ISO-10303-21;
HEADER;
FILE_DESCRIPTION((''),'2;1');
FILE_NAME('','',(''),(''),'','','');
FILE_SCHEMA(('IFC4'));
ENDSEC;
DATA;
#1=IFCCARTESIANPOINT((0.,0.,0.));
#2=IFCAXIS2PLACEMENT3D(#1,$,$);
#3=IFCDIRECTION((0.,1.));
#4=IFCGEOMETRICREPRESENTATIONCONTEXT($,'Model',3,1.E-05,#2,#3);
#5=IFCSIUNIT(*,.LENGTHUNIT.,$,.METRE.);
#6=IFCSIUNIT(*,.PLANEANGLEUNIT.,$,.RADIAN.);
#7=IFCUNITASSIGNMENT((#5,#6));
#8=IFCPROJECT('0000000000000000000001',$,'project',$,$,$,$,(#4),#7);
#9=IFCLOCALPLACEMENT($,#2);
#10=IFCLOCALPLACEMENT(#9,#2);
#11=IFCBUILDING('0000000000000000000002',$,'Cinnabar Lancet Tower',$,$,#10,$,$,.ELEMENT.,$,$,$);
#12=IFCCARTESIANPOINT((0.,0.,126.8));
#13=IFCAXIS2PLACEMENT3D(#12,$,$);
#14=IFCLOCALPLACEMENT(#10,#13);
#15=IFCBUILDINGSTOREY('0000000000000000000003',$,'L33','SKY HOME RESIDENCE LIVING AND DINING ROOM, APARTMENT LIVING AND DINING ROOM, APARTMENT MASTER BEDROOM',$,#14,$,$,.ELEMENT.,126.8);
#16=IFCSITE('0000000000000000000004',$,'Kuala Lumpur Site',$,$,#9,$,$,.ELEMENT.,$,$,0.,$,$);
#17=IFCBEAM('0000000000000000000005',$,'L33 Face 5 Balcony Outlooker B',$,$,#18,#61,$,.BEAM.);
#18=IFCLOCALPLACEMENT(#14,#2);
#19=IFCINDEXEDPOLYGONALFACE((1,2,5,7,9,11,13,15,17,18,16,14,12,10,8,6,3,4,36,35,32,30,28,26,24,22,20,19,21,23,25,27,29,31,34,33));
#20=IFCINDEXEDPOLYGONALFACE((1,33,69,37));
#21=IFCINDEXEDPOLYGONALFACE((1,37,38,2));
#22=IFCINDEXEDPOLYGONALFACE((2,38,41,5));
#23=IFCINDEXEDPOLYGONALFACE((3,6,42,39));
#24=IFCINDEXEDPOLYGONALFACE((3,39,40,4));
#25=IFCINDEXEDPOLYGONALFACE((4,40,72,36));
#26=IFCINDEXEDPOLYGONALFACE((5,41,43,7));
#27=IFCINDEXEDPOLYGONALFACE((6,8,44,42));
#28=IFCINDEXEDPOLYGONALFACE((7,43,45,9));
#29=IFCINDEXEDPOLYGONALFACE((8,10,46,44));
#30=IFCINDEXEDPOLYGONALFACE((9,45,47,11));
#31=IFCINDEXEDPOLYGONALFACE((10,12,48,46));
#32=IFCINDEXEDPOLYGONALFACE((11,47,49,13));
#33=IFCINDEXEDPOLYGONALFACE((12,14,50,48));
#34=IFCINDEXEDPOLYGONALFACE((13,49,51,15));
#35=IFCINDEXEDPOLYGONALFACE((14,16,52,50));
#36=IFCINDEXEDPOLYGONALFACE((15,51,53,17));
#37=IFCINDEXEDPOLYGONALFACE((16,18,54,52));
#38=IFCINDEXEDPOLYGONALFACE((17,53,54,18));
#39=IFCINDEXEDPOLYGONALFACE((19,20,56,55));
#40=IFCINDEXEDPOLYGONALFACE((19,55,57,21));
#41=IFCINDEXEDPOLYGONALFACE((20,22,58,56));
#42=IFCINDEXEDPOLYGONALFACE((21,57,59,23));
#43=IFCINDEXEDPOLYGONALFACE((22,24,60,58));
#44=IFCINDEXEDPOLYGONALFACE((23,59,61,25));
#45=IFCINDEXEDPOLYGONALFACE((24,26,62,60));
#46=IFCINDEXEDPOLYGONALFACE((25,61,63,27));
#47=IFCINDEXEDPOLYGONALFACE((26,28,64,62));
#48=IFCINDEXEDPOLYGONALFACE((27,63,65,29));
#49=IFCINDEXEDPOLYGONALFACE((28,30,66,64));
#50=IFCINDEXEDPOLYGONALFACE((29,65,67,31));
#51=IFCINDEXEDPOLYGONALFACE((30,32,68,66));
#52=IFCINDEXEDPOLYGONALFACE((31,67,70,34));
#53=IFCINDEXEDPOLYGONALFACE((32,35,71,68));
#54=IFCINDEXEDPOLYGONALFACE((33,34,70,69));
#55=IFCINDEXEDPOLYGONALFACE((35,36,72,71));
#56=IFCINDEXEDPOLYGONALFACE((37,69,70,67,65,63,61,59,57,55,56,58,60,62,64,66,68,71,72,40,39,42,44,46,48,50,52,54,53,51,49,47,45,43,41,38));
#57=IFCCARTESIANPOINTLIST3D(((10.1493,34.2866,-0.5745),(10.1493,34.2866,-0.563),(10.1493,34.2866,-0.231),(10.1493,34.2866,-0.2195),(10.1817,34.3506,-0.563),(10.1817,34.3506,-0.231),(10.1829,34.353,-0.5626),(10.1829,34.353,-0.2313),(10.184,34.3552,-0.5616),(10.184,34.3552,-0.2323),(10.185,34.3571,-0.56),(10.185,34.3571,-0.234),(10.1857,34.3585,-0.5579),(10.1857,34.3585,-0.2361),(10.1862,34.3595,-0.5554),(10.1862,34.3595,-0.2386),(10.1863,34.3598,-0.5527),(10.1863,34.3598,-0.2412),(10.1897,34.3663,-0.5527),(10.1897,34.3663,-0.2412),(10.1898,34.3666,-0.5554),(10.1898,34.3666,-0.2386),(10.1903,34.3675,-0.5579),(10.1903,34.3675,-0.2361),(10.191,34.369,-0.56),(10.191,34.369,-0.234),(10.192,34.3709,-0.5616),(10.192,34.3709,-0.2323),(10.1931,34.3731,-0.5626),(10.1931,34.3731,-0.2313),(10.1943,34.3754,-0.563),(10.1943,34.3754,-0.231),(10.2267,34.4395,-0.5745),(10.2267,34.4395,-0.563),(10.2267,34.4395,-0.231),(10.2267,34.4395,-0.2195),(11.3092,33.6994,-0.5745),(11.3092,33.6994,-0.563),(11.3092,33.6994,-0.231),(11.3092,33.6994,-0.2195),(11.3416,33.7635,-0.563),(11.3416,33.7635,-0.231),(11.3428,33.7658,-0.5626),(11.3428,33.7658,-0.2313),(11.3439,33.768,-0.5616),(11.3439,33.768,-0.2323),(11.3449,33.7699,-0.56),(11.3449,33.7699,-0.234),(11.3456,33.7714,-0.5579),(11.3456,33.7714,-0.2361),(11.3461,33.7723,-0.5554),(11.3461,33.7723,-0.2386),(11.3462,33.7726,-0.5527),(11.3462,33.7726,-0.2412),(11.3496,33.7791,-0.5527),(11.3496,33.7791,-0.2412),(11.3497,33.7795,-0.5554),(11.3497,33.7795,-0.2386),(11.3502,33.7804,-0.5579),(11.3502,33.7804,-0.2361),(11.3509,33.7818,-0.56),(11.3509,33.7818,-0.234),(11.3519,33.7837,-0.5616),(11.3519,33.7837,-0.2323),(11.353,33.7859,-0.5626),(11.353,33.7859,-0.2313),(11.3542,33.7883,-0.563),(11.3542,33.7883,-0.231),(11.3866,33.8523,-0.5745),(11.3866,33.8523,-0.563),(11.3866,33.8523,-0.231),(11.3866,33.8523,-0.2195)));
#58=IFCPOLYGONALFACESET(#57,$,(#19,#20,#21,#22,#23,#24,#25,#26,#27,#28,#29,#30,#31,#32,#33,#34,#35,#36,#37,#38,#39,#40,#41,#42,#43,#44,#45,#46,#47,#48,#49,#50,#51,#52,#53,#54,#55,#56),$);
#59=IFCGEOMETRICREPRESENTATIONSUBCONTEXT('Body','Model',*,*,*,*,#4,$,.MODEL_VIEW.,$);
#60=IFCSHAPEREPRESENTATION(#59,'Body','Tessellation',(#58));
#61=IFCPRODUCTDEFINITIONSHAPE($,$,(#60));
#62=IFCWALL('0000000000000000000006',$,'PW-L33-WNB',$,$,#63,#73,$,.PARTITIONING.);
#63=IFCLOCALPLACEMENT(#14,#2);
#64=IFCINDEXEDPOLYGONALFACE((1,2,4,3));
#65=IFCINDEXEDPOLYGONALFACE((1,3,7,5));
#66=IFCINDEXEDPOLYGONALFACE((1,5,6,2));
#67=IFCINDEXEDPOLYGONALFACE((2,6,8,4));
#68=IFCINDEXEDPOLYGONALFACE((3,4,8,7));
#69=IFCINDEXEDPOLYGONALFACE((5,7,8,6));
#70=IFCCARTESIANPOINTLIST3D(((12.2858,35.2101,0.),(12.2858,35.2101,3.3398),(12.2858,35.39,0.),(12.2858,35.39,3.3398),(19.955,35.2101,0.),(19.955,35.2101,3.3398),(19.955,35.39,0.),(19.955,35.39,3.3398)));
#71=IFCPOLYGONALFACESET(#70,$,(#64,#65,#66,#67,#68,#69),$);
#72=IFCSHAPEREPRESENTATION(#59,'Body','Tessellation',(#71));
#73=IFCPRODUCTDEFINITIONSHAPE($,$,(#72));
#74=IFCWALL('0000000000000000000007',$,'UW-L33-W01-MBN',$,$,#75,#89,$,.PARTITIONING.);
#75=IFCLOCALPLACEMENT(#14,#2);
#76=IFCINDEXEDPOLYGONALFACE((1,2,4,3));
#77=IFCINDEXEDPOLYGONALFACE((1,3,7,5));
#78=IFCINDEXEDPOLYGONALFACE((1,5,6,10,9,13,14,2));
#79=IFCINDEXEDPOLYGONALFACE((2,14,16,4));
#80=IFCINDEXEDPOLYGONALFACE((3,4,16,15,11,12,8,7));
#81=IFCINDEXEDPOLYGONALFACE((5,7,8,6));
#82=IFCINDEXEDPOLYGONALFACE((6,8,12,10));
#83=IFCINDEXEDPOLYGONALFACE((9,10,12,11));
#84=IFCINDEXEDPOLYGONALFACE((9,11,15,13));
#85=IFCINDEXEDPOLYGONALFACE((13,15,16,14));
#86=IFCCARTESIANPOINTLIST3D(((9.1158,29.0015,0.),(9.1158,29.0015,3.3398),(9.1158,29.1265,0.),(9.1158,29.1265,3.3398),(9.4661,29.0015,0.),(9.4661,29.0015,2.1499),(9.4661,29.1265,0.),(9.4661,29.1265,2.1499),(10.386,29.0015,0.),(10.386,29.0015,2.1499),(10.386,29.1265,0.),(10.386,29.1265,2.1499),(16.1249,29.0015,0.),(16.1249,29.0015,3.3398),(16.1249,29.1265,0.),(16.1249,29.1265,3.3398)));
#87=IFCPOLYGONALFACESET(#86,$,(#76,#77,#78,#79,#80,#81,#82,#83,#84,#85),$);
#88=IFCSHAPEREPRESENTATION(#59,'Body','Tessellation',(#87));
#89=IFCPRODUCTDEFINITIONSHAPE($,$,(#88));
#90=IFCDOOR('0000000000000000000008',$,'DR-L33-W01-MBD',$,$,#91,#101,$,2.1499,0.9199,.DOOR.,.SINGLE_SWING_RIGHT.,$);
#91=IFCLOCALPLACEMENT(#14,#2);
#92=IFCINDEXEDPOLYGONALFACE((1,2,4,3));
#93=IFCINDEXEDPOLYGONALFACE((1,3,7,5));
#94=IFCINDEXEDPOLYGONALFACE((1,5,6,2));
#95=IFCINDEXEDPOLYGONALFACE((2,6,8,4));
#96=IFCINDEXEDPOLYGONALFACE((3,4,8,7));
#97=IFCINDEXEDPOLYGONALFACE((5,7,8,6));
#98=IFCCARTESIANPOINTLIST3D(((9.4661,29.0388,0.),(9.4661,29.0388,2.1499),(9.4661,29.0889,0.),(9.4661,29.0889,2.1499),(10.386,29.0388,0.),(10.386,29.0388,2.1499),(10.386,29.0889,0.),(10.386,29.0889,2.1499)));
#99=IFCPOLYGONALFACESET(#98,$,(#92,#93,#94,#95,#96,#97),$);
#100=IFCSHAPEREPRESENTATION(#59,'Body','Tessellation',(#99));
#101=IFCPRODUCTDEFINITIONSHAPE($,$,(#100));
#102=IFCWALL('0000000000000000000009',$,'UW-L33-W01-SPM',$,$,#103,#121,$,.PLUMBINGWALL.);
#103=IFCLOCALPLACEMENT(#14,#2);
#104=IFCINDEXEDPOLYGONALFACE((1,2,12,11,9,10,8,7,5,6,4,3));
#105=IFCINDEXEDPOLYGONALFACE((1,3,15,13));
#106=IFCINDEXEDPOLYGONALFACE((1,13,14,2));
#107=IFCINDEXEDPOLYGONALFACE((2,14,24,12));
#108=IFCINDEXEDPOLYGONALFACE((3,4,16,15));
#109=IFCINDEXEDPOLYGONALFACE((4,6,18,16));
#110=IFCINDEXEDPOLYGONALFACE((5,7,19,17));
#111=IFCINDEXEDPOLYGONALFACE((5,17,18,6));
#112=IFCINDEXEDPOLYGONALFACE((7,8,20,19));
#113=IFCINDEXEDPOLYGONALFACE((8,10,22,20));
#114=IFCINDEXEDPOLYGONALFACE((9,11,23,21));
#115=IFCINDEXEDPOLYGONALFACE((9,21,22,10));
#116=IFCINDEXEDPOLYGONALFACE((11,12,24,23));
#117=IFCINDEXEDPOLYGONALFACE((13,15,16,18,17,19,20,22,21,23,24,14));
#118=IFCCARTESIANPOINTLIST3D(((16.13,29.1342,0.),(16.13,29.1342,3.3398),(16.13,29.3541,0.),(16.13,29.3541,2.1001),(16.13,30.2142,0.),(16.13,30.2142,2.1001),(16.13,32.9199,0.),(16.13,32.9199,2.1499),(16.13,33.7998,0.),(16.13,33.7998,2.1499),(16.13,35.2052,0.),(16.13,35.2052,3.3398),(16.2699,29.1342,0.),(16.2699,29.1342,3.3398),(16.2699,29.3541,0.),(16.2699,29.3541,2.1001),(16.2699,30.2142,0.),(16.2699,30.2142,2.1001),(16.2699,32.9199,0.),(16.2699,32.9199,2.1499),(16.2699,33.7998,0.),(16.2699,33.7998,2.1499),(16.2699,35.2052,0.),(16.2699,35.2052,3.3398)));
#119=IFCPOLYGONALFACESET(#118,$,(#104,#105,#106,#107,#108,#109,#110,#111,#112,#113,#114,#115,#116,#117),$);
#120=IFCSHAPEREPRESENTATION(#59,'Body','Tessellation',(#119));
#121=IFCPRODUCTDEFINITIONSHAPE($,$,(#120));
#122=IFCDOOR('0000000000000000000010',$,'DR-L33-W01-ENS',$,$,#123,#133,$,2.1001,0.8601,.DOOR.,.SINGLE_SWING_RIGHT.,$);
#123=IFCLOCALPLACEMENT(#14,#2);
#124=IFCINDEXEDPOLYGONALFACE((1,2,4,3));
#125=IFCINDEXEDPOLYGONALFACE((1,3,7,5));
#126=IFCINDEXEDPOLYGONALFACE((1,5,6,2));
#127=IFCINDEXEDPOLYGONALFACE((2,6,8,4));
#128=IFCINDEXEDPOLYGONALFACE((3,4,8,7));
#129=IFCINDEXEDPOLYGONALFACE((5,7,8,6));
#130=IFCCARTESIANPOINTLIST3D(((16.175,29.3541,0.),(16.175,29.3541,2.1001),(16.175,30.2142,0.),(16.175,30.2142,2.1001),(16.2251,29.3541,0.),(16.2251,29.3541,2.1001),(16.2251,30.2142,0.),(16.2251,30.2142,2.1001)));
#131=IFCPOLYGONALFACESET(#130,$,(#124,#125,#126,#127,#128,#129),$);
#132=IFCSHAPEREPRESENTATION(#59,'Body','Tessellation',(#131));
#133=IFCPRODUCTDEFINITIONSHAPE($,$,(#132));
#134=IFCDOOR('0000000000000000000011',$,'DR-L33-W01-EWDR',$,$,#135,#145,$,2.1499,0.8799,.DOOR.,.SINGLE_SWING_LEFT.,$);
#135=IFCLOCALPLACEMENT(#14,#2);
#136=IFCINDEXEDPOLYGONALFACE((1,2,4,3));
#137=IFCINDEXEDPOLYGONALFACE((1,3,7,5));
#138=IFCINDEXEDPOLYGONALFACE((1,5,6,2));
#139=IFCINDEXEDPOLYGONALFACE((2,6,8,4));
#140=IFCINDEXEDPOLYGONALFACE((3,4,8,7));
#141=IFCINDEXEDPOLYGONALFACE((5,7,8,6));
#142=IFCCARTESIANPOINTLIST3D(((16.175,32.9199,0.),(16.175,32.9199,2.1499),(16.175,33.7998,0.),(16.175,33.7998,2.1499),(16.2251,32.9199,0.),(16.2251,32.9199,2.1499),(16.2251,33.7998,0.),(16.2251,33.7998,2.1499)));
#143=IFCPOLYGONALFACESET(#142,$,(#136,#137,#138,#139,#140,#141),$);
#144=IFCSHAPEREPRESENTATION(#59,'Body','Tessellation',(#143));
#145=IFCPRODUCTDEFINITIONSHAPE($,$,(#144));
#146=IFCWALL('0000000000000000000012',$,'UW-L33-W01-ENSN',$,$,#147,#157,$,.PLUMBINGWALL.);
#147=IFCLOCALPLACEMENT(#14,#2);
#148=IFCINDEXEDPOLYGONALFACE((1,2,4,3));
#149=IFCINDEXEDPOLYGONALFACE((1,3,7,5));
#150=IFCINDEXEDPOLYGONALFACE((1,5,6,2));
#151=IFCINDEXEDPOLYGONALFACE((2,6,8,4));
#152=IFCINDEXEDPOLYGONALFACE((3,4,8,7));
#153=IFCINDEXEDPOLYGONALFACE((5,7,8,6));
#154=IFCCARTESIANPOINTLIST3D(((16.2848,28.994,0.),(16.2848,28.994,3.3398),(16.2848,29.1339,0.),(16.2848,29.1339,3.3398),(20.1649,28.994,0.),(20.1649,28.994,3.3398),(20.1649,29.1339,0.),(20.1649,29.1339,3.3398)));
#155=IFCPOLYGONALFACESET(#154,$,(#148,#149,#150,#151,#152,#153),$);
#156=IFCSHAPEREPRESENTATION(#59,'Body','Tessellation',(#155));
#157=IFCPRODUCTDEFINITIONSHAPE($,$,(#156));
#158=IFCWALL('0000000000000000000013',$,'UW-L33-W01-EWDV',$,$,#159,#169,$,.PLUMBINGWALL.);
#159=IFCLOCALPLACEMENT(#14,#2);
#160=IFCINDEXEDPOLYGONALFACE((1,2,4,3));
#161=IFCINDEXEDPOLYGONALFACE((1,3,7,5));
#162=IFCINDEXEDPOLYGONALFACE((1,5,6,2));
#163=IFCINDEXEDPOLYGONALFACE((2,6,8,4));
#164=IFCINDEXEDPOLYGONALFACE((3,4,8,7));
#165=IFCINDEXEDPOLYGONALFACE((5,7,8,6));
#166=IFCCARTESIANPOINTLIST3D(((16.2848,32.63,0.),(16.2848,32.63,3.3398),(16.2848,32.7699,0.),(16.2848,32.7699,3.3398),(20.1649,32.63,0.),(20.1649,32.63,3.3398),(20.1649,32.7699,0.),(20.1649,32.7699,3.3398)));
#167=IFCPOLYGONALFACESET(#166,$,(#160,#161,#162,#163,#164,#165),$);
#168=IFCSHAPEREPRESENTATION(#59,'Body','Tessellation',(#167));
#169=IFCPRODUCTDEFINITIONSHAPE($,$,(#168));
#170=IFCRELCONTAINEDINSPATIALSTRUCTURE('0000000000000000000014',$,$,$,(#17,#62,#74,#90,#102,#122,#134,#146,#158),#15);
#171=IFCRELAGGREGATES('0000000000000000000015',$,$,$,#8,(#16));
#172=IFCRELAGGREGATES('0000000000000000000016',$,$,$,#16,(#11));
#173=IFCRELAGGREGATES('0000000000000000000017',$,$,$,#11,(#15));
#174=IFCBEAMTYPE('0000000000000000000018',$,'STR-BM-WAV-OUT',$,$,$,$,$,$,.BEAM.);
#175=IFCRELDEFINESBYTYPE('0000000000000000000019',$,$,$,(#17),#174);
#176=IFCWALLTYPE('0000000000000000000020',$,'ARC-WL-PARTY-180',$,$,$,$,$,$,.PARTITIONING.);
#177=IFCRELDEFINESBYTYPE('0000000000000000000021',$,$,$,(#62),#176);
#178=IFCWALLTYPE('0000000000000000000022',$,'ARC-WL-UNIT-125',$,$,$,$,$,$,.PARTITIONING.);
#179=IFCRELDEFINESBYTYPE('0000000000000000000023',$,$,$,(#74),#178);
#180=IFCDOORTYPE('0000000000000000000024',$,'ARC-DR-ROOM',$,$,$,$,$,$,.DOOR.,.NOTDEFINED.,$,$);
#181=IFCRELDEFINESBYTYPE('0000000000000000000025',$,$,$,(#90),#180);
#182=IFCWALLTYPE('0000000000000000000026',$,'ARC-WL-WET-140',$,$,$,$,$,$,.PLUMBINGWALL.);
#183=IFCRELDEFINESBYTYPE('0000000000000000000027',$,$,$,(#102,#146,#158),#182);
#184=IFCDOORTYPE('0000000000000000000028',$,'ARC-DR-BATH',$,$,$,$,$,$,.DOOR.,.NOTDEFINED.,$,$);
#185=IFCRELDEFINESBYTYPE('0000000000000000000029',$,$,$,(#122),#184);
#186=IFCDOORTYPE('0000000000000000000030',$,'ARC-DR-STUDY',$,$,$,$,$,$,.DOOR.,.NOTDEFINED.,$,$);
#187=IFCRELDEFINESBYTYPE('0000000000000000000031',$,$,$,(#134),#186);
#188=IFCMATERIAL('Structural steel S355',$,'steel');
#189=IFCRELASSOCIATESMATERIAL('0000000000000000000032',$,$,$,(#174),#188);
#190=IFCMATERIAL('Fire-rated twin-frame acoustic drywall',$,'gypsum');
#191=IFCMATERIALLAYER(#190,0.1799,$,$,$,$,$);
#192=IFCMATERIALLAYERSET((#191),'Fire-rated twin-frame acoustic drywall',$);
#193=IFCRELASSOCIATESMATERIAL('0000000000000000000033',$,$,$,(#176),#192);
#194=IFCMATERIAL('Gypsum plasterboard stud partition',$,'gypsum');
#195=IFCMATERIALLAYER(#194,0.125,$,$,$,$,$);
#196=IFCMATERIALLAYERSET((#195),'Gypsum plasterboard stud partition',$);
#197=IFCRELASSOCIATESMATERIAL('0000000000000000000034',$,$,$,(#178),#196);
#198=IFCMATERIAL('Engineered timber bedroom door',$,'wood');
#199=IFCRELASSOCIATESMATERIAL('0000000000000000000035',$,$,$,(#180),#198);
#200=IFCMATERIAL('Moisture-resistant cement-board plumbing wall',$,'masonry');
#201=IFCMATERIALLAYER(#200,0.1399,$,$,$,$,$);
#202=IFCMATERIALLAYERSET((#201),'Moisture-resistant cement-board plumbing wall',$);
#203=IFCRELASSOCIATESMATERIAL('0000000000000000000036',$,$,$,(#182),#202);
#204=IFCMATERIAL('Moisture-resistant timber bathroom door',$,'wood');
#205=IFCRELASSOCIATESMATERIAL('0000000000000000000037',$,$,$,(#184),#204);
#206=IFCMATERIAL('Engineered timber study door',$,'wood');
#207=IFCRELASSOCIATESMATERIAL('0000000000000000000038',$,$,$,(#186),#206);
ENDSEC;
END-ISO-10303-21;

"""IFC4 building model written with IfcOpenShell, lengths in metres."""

from ifc_helpers import new_model, si_unit, direction, frame, frame_2d, origin, origin_2d, place, context, subcontext, project, spatial, rectangle, i_section, extrude, material, layer, layer_set, material_profile, profile_set, type_object, element, fill, save


model = new_model("IFC4")

# Units and contexts
model_context = context("Model", 3, precision=1e-05, world=origin(), true_north=direction((0.0, 1.0)))
body_context = subcontext(model_context, "Body", "Model", "MODEL_VIEW")
ifc_project = project(units=[si_unit("LENGTHUNIT", "METRE"), si_unit("PLANEANGLEUNIT", "RADIAN")], contexts=[model_context])

# Site, building, storey
site_placement = place(None, origin())
site = spatial("IfcSite", under=ifc_project, at=site_placement, Name="Kuala Lumpur Site", CompositionType="ELEMENT", RefElevation=0.0)
building_placement = place(site_placement, origin())
building = spatial("IfcBuilding", under=site, at=building_placement, Name="Cinnabar Lancet Tower", CompositionType="ELEMENT")
storey_placement = place(building_placement, frame((0.0, 0.0, 126.8)))
storey = spatial("IfcBuildingStorey", under=building, at=storey_placement, Name="L33", Description="SKY HOME RESIDENCE LIVING AND DINING ROOM, APARTMENT LIVING AND DINING ROOM, APARTMENT MASTER BEDROOM", CompositionType="ELEMENT", Elevation=126.8)

# Beam
ifc_material_1 = material(Name="Structural steel S355", Category="steel")
ifc_material_profile_1 = material_profile(ifc_material_1, i_section(OverallWidth=0.1714, OverallDepth=0.355, WebThickness=0.0073, FlangeThickness=0.0115, FilletRadius=0.0103, at=origin_2d()), Name="UKB 356x171x51")
ifc_profile_set_1 = profile_set([ifc_material_profile_1], Name="Structural steel S355")
beam_type_1 = type_object("IfcBeamType", Name="STR-BM-WAV-OUT", PredefinedType="BEAM", material=ifc_profile_set_1)
beam_1_placement = place(storey_placement, frame((11.3479, 33.7759, -0.397), z_axis=(-0.8922, 0.45164, 0.0), x_axis=(-0.45164, -0.8922, 0.0)))
element("IfcBeam", 1, at=beam_1_placement, inside=storey, type_object=beam_type_1, Name="L33 Face 5 Balcony Outlooker B", PredefinedType="BEAM", context=body_context, shape_type="SweptSolid", body=[
    extrude(i_section(OverallWidth=0.1714, OverallDepth=0.355, WebThickness=0.0073, FlangeThickness=0.0115, FilletRadius=0.0103, at=origin_2d()), origin(), (0.0, 0.0, 1.0), 1.3),
])

# Wall
ifc_material_2 = material(Name="Fire-rated twin-frame acoustic drywall", Category="gypsum")
ifc_layer_1 = layer(ifc_material_2, 0.1799)
ifc_layer_set_1 = layer_set([ifc_layer_1], Name="Fire-rated twin-frame acoustic drywall")
wall_type_1 = type_object("IfcWallType", Name="ARC-WL-PARTY-180", PredefinedType="PARTITIONING", material=ifc_layer_set_1)
wall_1_placement = place(storey_placement, frame((12.2859, 35.3, 0.0), z_axis=(0.0, 0.0, 1.0), x_axis=(1.0, 0.0, 0.0)))
element("IfcWall", 2, at=wall_1_placement, inside=storey, type_object=wall_type_1, Name="PW-L33-WNB", PredefinedType="PARTITIONING", context=body_context, shape_type="SweptSolid", body=[
    extrude(rectangle(XDim=7.6692, YDim=0.1799, at=frame_2d((3.8345, 0.0))), origin(), (0.0, 0.0, 1.0), 3.3398),
])

# Wall, opening, door
ifc_material_3 = material(Name="Gypsum plasterboard stud partition", Category="gypsum")
ifc_layer_2 = layer(ifc_material_3, 0.125)
ifc_layer_set_2 = layer_set([ifc_layer_2], Name="Gypsum plasterboard stud partition")
wall_type_2 = type_object("IfcWallType", Name="ARC-WL-UNIT-125", PredefinedType="PARTITIONING", material=ifc_layer_set_2)
wall_2_placement = place(storey_placement, frame((9.116, 29.064, 0.0), z_axis=(0.0, 0.0, 1.0), x_axis=(1.0, 0.0, 0.0)))
wall_2 = element("IfcWall", 3, at=wall_2_placement, inside=storey, type_object=wall_type_2, Name="UW-L33-W01-MBN", PredefinedType="PARTITIONING", context=body_context, shape_type="SweptSolid", body=[
    extrude(rectangle(XDim=7.009, YDim=0.125, at=frame_2d((3.5044, 0.0))), origin(), (0.0, 0.0, 1.0), 3.3398),
])
opening_1_placement = place(wall_2_placement, frame((0.3501, 0.0, 0.0)))
opening_1 = element("IfcOpeningElement", 4, at=opening_1_placement, cuts=wall_2, PredefinedType="OPENING", context=body_context, shape_type="SweptSolid", body=[
    extrude(rectangle(XDim=0.9199, YDim=2.1499, at=frame_2d((0.46, 1.075))), frame((0.0, 0.0725, 0.0), z_axis=(0.0, -1.0, 0.0), x_axis=(1.0, 0.0, 0.0)), (0.0, 0.0, 1.0), 0.145),
])
ifc_material_4 = material(Name="Engineered timber bedroom door", Category="wood")
door_type_1 = type_object("IfcDoorType", Name="ARC-DR-ROOM", OperationType="NOTDEFINED", PredefinedType="DOOR", material=ifc_material_4)
door_1_placement = place(opening_1_placement, origin())
door_1 = element("IfcDoor", 5, at=door_1_placement, inside=storey, type_object=door_type_1, Name="DR-L33-W01-MBD", OperationType="SINGLE_SWING_RIGHT", OverallHeight=2.1499, OverallWidth=0.9199, PredefinedType="DOOR", context=body_context, shape_type="SweptSolid", body=[
    extrude(rectangle(XDim=0.9199, YDim=2.1499, at=frame_2d((0.46, 1.075))), frame((0.0, 0.0249, 0.0), z_axis=(0.0, -1.0, 0.0), x_axis=(1.0, 0.0, 0.0)), (0.0, 0.0, 1.0), 0.05),
])
fill(opening_1, door_1)

# Wall, openings, doors
ifc_material_5 = material(Name="Moisture-resistant cement-board plumbing wall", Category="masonry")
ifc_layer_3 = layer(ifc_material_5, 0.1399)
ifc_layer_set_3 = layer_set([ifc_layer_3], Name="Moisture-resistant cement-board plumbing wall")
wall_type_3 = type_object("IfcWallType", Name="ARC-WL-WET-140", PredefinedType="PLUMBINGWALL", material=ifc_layer_set_3)
wall_3_placement = place(storey_placement, frame((16.2, 29.134, 0.0), z_axis=(0.0, 0.0, 1.0), x_axis=(0.0, 1.0, 0.0)))
wall_3 = element("IfcWall", 6, at=wall_3_placement, inside=storey, type_object=wall_type_3, Name="UW-L33-W01-SPM", PredefinedType="PLUMBINGWALL", context=body_context, shape_type="SweptSolid", body=[
    extrude(rectangle(XDim=6.071, YDim=0.1399, at=frame_2d((3.0356, 0.0))), origin(), (0.0, 0.0, 1.0), 3.3398),
])
opening_2_placement = place(wall_3_placement, frame((0.22, 0.0, 0.0)))
opening_2 = element("IfcOpeningElement", 7, at=opening_2_placement, cuts=wall_3, PredefinedType="OPENING", context=body_context, shape_type="SweptSolid", body=[
    extrude(rectangle(XDim=0.8601, YDim=2.1001, at=frame_2d((0.4302, 1.05))), frame((0.0, 0.0798, 0.0), z_axis=(0.0, -1.0, 0.0), x_axis=(1.0, 0.0, 0.0)), (0.0, 0.0, 1.0), 0.1599),
])
opening_3_placement = place(wall_3_placement, frame((3.7859, 0.0, 0.0)))
opening_3 = element("IfcOpeningElement", 8, at=opening_3_placement, cuts=wall_3, PredefinedType="OPENING", context=body_context, shape_type="SweptSolid", body=[
    extrude(rectangle(XDim=0.8799, YDim=2.1499, at=frame_2d((0.4399, 1.075))), frame((0.0, 0.0798, 0.0), z_axis=(0.0, -1.0, 0.0), x_axis=(1.0, 0.0, 0.0)), (0.0, 0.0, 1.0), 0.1599),
])
ifc_material_6 = material(Name="Moisture-resistant timber bathroom door", Category="wood")
door_type_2 = type_object("IfcDoorType", Name="ARC-DR-BATH", OperationType="NOTDEFINED", PredefinedType="DOOR", material=ifc_material_6)
door_2_placement = place(opening_2_placement, origin())
door_2 = element("IfcDoor", 9, at=door_2_placement, inside=storey, type_object=door_type_2, Name="DR-L33-W01-ENS", OperationType="SINGLE_SWING_RIGHT", OverallHeight=2.1001, OverallWidth=0.8601, PredefinedType="DOOR", context=body_context, shape_type="SweptSolid", body=[
    extrude(rectangle(XDim=0.8601, YDim=2.1001, at=frame_2d((0.4302, 1.05))), frame((0.0, 0.0249, 0.0), z_axis=(0.0, -1.0, 0.0), x_axis=(1.0, 0.0, 0.0)), (0.0, 0.0, 1.0), 0.05),
])
fill(opening_2, door_2)
ifc_material_7 = material(Name="Engineered timber study door", Category="wood")
door_type_3 = type_object("IfcDoorType", Name="ARC-DR-STUDY", OperationType="NOTDEFINED", PredefinedType="DOOR", material=ifc_material_7)
door_3_placement = place(opening_3_placement, origin())
door_3 = element("IfcDoor", 10, at=door_3_placement, inside=storey, type_object=door_type_3, Name="DR-L33-W01-EWDR", OperationType="SINGLE_SWING_LEFT", OverallHeight=2.1499, OverallWidth=0.8799, PredefinedType="DOOR", context=body_context, shape_type="SweptSolid", body=[
    extrude(rectangle(XDim=0.8799, YDim=2.1499, at=frame_2d((0.4399, 1.075))), frame((0.0, 0.0249, 0.0), z_axis=(0.0, -1.0, 0.0), x_axis=(1.0, 0.0, 0.0)), (0.0, 0.0, 1.0), 0.05),
])
fill(opening_3, door_3)

# Walls
for number, where, z_axis, x_axis, name in (
    (11, (16.2849, 29.064, 0.0), (0.0, 0.0, 1.0), (1.0, 0.0, 0.0), "UW-L33-W01-ENSN"),
    (12, (16.2849, 32.7, 0.0), (0.0, 0.0, 1.0), (1.0, 0.0, 0.0), "UW-L33-W01-EWDV"),
):
    element("IfcWall", number, at=place(storey_placement, frame(where, z_axis=z_axis, x_axis=x_axis)), inside=storey, type_object=wall_type_3, Name=name, PredefinedType="PLUMBINGWALL", context=body_context, shape_type="SweptSolid", body=[
        extrude(rectangle(XDim=3.8801, YDim=0.1399, at=frame_2d((1.9399, 0.0))), origin(), (0.0, 0.0, 1.0), 3.3398),
    ])

save(model, "model.ifc")
